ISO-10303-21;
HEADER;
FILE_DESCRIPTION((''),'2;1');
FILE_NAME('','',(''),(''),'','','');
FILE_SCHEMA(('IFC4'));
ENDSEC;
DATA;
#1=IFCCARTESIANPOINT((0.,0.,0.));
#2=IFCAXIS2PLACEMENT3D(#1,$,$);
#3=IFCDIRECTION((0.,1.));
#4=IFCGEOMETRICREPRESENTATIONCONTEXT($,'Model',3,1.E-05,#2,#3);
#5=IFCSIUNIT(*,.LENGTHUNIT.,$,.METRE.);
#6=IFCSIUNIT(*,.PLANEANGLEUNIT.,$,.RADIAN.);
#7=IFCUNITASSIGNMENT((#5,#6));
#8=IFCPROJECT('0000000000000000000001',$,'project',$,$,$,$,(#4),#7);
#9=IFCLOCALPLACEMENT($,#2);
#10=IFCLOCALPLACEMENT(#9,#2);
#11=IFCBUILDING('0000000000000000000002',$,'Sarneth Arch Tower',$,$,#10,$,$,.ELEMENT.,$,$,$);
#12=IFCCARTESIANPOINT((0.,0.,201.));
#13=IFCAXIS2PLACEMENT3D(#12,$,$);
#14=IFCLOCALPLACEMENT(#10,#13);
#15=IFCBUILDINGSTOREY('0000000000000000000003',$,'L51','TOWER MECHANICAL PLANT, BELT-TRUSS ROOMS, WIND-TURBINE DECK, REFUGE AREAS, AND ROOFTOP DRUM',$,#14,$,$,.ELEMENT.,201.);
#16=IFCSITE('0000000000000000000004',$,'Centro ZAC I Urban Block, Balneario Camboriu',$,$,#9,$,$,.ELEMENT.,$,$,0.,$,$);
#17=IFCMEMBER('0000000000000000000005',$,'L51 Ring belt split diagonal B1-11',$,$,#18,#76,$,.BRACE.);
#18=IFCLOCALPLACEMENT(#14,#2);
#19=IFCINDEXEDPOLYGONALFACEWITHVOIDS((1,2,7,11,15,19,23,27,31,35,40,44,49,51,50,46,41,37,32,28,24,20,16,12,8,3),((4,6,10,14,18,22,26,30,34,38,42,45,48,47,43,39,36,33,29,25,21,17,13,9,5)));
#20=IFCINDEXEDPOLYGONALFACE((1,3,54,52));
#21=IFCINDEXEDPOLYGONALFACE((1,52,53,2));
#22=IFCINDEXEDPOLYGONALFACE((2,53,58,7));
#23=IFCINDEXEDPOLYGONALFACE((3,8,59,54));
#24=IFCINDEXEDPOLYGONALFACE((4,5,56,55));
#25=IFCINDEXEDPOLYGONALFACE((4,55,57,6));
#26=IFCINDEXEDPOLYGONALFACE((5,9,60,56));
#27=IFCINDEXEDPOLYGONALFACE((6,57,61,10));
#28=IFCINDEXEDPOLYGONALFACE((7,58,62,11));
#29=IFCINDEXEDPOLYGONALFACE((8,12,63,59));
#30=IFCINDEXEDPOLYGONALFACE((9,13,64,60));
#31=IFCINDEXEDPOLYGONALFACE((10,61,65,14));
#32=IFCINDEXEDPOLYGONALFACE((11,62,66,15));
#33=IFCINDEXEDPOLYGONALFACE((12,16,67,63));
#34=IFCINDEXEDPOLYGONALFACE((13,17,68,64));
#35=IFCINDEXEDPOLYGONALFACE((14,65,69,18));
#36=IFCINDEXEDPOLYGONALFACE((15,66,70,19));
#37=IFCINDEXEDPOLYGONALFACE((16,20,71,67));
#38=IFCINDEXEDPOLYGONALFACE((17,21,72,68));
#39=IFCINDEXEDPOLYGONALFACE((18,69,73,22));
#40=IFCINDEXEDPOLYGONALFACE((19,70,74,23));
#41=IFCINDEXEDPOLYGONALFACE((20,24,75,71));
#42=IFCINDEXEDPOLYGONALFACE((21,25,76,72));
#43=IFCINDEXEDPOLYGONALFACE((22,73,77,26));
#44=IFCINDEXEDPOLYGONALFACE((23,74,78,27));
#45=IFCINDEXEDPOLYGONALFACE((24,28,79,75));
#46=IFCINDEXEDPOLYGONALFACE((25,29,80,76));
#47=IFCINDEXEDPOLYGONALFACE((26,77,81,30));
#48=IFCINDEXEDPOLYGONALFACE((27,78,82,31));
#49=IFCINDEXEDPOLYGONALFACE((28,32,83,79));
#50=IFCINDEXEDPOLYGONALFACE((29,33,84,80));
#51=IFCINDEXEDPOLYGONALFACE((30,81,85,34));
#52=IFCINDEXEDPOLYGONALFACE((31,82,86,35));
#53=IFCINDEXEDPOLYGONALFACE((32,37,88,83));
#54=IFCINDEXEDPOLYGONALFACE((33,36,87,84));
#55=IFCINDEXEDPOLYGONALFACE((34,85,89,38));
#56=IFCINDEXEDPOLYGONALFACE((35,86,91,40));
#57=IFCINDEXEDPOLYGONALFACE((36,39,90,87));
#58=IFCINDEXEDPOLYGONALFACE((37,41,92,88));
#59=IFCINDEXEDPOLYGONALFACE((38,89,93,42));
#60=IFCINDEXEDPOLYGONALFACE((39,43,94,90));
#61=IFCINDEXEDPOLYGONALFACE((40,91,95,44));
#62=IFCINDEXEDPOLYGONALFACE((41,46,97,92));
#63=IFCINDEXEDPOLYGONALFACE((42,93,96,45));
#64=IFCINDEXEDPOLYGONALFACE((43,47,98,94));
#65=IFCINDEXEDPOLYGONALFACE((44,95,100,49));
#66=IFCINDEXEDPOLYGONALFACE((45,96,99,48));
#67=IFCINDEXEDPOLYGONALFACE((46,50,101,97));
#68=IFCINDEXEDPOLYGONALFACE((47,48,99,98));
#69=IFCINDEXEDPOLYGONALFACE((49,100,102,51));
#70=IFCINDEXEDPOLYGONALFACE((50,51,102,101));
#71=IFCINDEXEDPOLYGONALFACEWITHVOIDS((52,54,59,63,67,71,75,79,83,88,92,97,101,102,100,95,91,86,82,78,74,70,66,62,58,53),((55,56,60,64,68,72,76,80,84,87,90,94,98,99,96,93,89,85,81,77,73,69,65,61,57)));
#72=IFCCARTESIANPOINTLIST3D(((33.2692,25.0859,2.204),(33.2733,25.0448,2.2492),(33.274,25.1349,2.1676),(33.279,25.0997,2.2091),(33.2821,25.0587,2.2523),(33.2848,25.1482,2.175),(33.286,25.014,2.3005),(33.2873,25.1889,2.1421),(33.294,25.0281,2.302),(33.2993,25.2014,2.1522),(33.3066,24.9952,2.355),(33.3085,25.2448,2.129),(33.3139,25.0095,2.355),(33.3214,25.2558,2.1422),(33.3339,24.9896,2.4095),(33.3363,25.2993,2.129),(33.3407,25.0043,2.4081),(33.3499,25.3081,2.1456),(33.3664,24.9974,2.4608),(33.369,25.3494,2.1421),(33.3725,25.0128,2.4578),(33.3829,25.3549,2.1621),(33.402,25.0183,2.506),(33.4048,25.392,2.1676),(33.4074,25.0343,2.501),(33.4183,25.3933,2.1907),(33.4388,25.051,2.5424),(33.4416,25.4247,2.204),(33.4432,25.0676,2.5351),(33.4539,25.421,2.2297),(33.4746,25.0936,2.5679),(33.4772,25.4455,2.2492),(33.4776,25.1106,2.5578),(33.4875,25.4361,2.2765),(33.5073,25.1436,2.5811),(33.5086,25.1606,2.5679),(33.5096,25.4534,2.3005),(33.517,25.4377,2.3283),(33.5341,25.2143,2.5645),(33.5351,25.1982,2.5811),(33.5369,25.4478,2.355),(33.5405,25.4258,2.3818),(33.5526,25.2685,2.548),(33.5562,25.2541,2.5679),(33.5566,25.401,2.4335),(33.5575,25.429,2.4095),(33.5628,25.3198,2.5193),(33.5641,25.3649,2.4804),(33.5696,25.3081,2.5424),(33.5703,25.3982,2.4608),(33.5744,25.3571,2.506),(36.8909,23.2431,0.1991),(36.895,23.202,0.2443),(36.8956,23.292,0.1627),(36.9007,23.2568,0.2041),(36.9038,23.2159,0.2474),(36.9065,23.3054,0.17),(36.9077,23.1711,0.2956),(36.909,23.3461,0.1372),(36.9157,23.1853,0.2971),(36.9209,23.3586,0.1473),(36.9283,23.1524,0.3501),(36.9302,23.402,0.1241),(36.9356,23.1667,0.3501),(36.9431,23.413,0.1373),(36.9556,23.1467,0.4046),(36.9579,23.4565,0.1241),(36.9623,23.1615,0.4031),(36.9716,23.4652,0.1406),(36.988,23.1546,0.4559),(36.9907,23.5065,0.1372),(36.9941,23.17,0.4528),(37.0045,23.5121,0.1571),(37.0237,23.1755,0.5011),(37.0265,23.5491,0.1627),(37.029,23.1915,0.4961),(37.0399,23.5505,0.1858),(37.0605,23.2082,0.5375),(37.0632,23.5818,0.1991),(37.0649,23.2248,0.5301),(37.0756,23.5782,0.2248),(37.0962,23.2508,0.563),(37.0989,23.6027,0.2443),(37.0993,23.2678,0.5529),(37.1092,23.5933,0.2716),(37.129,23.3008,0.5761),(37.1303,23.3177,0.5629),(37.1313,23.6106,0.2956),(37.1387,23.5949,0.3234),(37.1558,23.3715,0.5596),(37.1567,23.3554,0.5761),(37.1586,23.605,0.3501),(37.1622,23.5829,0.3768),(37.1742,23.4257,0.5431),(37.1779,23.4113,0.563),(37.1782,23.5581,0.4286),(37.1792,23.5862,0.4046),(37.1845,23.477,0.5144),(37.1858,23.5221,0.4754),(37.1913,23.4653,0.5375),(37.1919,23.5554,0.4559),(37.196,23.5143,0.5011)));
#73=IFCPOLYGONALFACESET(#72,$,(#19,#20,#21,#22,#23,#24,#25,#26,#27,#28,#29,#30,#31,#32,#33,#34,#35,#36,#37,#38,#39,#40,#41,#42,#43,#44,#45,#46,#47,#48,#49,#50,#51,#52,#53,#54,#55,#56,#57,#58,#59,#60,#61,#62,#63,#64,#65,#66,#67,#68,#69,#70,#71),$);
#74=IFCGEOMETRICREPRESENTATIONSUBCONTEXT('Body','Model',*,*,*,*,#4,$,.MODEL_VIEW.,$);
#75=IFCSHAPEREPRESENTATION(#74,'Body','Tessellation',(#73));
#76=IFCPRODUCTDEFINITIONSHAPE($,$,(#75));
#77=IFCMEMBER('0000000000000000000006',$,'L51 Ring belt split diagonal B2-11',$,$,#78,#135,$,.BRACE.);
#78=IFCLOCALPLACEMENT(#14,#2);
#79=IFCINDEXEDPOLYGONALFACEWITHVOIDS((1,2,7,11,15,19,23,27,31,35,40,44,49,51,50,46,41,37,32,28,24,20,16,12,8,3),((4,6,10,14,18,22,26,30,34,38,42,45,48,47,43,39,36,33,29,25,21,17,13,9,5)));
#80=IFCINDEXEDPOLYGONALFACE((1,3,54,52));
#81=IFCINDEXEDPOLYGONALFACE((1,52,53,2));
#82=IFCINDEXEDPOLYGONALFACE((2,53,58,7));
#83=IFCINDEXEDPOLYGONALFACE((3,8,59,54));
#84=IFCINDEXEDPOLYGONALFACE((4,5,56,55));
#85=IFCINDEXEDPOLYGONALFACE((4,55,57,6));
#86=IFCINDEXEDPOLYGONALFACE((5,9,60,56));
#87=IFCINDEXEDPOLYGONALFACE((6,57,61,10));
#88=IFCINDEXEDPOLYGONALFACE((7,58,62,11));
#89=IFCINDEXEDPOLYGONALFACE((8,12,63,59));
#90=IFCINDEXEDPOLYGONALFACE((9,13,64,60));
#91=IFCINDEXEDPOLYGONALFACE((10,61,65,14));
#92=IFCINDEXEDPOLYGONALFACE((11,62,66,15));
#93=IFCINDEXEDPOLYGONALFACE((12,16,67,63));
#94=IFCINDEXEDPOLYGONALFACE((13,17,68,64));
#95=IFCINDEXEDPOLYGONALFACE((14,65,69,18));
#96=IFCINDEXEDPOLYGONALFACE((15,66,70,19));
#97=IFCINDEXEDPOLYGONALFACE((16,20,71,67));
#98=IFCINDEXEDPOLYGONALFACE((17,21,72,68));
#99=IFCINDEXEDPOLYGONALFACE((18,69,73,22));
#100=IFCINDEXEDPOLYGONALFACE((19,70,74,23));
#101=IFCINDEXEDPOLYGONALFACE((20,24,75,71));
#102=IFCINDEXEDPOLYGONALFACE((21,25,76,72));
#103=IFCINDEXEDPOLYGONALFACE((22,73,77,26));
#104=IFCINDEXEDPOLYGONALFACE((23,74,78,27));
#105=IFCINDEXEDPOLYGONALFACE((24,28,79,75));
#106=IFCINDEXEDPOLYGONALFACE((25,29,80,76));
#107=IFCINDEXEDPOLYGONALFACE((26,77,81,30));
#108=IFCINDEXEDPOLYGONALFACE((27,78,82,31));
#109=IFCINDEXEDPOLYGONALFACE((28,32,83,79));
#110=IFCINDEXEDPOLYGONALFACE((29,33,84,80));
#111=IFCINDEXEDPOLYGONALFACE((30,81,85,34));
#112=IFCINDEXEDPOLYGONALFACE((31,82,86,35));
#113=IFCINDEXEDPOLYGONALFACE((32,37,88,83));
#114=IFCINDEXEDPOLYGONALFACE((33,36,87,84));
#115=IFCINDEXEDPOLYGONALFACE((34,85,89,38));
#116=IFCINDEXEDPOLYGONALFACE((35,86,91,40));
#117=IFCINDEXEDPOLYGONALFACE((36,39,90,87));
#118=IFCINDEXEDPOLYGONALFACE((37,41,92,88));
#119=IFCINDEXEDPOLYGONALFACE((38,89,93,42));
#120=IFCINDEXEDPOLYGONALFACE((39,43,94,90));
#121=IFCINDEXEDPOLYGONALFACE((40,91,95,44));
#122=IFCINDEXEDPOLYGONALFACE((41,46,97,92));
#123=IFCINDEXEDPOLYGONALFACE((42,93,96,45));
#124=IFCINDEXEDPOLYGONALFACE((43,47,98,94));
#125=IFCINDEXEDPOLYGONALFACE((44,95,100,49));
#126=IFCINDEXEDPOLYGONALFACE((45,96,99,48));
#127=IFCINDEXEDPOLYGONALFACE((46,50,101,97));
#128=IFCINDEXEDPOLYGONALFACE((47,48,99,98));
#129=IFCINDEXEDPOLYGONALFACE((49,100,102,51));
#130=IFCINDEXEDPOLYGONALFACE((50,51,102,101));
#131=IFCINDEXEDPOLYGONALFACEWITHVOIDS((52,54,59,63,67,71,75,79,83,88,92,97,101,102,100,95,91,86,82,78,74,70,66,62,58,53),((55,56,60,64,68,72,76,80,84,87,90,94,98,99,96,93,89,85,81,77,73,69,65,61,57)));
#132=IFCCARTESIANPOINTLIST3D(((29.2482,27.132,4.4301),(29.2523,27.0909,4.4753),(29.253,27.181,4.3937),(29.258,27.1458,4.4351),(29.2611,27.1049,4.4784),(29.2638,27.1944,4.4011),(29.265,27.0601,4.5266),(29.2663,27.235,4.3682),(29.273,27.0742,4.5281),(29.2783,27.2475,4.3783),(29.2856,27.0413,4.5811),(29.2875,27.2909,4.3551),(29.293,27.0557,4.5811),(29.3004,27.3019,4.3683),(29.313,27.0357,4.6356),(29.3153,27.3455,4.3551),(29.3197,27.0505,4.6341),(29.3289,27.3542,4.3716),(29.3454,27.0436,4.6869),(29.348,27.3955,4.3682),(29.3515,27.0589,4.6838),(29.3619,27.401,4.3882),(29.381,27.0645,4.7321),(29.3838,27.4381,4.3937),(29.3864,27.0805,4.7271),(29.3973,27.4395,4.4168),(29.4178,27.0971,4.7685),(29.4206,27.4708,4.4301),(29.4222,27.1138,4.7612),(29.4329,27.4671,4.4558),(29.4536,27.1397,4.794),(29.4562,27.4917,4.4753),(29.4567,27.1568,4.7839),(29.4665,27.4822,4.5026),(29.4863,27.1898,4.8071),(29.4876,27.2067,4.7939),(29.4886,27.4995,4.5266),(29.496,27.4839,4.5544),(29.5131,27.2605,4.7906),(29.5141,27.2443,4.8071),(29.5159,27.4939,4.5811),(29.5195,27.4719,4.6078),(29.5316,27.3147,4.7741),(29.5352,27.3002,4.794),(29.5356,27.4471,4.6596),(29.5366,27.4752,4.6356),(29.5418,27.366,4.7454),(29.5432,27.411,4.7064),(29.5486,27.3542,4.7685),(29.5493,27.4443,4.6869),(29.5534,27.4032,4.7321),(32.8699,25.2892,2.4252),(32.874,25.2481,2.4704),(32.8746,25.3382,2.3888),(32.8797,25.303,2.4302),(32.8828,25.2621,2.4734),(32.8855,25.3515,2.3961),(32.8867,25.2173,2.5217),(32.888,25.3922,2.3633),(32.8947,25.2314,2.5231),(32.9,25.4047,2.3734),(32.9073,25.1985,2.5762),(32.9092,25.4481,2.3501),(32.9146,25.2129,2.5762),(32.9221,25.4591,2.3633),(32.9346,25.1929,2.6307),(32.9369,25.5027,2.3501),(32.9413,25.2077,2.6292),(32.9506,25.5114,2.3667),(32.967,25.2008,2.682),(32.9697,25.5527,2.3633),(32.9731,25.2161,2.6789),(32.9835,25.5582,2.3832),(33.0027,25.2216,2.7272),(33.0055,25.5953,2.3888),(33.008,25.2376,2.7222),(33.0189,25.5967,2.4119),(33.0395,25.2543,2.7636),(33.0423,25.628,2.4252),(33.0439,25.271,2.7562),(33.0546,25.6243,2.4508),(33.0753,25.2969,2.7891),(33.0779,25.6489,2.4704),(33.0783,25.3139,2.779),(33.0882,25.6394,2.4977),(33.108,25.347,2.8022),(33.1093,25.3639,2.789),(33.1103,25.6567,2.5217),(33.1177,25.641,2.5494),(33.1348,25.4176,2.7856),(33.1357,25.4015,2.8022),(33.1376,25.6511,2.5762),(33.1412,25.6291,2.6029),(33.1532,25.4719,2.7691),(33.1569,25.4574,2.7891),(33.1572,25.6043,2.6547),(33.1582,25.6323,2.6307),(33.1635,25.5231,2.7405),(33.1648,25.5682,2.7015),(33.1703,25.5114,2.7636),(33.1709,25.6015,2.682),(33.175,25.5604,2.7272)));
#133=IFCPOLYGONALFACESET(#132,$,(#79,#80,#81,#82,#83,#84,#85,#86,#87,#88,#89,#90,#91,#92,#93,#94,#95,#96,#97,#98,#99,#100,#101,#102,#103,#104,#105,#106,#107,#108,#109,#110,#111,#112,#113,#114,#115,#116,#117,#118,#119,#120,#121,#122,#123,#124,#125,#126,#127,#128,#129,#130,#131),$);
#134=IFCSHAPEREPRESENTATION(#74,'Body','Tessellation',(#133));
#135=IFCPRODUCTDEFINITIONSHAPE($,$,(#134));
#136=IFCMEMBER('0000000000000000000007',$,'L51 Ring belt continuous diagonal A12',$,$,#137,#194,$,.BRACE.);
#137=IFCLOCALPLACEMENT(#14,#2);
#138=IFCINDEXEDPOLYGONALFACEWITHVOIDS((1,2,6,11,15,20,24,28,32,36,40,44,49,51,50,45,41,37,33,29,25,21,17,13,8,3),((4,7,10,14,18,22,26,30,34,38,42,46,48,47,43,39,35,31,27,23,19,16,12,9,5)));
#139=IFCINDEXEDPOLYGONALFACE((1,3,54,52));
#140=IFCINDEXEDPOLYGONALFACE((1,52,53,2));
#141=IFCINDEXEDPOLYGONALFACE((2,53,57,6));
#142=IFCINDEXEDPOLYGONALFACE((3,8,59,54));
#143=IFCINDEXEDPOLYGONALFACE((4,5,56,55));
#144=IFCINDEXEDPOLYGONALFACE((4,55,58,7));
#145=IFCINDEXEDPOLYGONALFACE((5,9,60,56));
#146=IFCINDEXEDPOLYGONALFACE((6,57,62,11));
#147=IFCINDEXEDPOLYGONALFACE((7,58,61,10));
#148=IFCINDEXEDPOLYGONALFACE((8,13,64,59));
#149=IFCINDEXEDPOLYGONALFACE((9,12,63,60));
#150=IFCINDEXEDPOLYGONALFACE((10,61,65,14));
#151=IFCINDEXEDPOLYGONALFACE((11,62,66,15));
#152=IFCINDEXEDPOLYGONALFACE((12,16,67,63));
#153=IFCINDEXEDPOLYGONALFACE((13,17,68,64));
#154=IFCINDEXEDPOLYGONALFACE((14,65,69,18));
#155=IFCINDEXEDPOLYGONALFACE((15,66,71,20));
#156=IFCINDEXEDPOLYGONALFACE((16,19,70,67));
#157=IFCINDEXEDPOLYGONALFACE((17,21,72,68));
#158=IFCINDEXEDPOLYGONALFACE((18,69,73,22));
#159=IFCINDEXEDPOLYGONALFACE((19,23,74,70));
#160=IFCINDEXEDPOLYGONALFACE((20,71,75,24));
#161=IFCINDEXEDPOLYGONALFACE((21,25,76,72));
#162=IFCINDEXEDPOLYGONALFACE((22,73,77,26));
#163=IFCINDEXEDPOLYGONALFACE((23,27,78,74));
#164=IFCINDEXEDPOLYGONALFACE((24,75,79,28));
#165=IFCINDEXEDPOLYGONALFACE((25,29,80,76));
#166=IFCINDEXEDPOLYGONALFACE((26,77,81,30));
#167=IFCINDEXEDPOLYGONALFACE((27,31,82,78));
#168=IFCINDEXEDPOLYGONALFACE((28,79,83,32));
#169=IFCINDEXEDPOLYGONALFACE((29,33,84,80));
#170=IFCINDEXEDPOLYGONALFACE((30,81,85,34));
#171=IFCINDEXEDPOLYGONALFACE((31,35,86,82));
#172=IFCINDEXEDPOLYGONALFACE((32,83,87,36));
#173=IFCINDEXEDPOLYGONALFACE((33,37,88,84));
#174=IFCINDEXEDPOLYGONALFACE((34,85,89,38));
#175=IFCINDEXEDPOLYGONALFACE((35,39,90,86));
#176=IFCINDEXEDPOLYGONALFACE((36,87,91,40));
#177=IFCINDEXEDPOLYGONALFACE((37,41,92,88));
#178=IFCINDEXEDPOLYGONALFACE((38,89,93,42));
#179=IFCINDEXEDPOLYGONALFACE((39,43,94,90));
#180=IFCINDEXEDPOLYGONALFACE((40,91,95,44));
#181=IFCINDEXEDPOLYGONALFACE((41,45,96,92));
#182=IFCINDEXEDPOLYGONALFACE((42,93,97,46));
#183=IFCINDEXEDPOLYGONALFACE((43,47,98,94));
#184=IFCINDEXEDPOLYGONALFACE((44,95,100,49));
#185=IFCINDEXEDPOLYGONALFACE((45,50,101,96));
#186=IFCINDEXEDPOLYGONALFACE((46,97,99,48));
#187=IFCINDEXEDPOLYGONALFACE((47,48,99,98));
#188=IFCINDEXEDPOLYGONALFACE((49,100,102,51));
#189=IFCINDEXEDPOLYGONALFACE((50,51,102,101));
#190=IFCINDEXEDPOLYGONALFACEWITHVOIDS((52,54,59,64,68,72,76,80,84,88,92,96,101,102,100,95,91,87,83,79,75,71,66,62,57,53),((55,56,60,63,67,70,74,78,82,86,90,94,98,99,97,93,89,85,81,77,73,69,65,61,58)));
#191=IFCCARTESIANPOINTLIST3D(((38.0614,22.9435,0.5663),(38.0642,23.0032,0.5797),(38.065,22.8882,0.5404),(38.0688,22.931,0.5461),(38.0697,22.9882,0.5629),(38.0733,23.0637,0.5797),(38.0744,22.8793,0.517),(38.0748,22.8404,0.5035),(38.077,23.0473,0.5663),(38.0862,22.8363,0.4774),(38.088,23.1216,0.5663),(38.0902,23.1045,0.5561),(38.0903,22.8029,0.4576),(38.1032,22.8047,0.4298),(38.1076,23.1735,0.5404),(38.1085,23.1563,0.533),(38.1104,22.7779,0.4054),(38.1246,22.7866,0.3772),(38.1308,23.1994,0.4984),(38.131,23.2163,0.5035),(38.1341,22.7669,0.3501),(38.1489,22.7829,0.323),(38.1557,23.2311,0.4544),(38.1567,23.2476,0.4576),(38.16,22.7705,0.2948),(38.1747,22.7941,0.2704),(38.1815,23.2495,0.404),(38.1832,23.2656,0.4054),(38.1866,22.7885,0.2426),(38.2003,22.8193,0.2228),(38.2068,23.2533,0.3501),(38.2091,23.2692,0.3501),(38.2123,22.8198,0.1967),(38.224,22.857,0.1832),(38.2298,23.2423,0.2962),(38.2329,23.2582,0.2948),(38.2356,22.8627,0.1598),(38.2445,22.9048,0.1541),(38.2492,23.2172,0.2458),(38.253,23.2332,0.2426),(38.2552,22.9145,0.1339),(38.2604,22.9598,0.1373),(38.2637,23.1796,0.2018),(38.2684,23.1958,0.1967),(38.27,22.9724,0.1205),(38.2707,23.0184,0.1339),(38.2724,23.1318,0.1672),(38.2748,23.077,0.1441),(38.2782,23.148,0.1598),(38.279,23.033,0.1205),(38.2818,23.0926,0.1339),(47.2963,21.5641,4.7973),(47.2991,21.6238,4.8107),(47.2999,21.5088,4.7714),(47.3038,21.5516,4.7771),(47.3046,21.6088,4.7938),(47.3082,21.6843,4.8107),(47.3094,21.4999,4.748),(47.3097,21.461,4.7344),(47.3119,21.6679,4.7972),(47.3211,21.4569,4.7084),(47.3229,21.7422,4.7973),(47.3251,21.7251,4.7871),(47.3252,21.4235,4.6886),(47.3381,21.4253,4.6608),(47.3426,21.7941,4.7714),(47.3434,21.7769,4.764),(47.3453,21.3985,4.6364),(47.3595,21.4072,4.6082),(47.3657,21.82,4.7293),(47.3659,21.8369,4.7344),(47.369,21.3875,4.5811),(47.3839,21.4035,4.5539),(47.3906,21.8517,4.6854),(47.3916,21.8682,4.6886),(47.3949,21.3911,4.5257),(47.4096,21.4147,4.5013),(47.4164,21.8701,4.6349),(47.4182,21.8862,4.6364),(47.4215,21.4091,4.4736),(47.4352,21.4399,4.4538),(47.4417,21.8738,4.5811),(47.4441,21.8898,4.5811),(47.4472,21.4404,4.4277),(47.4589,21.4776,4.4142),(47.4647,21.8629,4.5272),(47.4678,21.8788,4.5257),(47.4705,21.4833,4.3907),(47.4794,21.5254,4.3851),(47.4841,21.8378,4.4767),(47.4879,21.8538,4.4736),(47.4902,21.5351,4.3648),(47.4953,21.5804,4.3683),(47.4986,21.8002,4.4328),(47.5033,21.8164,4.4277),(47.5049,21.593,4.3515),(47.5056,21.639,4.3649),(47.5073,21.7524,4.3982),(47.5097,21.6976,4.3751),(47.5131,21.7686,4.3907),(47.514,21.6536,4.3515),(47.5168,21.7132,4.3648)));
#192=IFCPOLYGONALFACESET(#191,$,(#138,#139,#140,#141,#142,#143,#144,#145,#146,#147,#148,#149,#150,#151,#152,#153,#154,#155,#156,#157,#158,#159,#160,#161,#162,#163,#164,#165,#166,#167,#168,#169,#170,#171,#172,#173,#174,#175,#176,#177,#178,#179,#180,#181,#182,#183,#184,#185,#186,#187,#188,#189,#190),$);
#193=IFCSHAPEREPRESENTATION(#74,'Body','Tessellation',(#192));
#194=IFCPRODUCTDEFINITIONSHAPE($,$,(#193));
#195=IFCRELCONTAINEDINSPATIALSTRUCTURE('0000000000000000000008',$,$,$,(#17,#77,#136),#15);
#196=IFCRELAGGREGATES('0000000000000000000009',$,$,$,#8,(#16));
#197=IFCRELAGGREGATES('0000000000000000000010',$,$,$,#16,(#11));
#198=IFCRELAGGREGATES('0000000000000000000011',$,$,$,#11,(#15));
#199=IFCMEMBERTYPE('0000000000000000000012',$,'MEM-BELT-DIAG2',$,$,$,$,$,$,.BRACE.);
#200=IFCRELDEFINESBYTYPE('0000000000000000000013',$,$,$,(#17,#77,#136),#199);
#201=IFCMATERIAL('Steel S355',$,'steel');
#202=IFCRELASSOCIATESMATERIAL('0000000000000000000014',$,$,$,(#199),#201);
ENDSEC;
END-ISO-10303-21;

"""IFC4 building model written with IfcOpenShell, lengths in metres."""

from ifc_helpers import new_model, si_unit, direction, frame, origin, origin_2d, place, context, subcontext, project, spatial, hollow_circle, extrude, material, material_profile, profile_set, type_object, element, save


model = new_model("IFC4")

# Units and contexts
model_context = context("Model", 3, precision=1e-05, world=origin(), true_north=direction((0.0, 1.0)))
body_context = subcontext(model_context, "Body", "Model", "MODEL_VIEW")
ifc_project = project(units=[si_unit("LENGTHUNIT", "METRE"), si_unit("PLANEANGLEUNIT", "RADIAN")], contexts=[model_context])

# Site, building, storey
site_placement = place(None, origin())
site = spatial("IfcSite", under=ifc_project, at=site_placement, Name="Centro ZAC I Urban Block, Balneario Camboriu", CompositionType="ELEMENT", RefElevation=0.0)
building_placement = place(site_placement, origin())
building = spatial("IfcBuilding", under=site, at=building_placement, Name="Sarneth Arch Tower", CompositionType="ELEMENT")
storey_placement = place(building_placement, frame((0.0, 0.0, 201.0)))
storey = spatial("IfcBuildingStorey", under=building, at=storey_placement, Name="L51", Description="TOWER MECHANICAL PLANT, BELT-TRUSS ROOMS, WIND-TURBINE DECK, REFUGE AREAS, AND ROOFTOP DRUM", CompositionType="ELEMENT", Elevation=201.0)

# Members
ifc_material_1 = material(Name="Steel S355", Category="steel")
ifc_material_profile_1 = material_profile(ifc_material_1, hollow_circle(Radius=0.2539, WallThickness=0.0161, at=origin_2d()), Name="CHS508x16")
ifc_profile_set_1 = profile_set([ifc_material_profile_1], Name="Steel S355")
member_type_1 = type_object("IfcMemberType", Name="MEM-BELT-DIAG2", PredefinedType="BRACE", material=ifc_profile_set_1)
for number, where, z_axis, x_axis, name in (
    (1, (37.0435, 23.3787, 0.3501), (-0.799265, 0.406691, 0.442468), (-0.453499, -0.891257, 0.0), "L51 Ring belt split diagonal B1-11"),
    (2, (33.0225, 25.4248, 2.5762), (-0.799265, 0.406691, 0.442468), (-0.453499, -0.891257, 0.0), "L51 Ring belt split diagonal B2-11"),
):
    element("IfcMember", number, at=place(storey_placement, frame(where, z_axis=z_axis, x_axis=x_axis)), inside=storey, type_object=member_type_1, Name=name, PredefinedType="BRACE", context=body_context, shape_type="SweptSolid", body=[
        extrude(hollow_circle(Radius=0.2539, WallThickness=0.0161, at=origin_2d()), origin(), (0.0, 0.0, 1.0), 4.5312),
    ])
member_1_placement = place(storey_placement, frame((38.1716, 23.0181, 0.3501), z_axis=(0.90086, -0.13456, 0.412729), x_axis=(0.147729, 0.989028, 0.0)))
element("IfcMember", 3, at=member_1_placement, inside=storey, type_object=member_type_1, Name="L51 Ring belt continuous diagonal A12", PredefinedType="BRACE", context=body_context, shape_type="SweptSolid", body=[
    extrude(hollow_circle(Radius=0.2539, WallThickness=0.0161, at=origin_2d()), origin(), (0.0, 0.0, 1.0), 10.2512),
])

save(model, "model.ifc")
